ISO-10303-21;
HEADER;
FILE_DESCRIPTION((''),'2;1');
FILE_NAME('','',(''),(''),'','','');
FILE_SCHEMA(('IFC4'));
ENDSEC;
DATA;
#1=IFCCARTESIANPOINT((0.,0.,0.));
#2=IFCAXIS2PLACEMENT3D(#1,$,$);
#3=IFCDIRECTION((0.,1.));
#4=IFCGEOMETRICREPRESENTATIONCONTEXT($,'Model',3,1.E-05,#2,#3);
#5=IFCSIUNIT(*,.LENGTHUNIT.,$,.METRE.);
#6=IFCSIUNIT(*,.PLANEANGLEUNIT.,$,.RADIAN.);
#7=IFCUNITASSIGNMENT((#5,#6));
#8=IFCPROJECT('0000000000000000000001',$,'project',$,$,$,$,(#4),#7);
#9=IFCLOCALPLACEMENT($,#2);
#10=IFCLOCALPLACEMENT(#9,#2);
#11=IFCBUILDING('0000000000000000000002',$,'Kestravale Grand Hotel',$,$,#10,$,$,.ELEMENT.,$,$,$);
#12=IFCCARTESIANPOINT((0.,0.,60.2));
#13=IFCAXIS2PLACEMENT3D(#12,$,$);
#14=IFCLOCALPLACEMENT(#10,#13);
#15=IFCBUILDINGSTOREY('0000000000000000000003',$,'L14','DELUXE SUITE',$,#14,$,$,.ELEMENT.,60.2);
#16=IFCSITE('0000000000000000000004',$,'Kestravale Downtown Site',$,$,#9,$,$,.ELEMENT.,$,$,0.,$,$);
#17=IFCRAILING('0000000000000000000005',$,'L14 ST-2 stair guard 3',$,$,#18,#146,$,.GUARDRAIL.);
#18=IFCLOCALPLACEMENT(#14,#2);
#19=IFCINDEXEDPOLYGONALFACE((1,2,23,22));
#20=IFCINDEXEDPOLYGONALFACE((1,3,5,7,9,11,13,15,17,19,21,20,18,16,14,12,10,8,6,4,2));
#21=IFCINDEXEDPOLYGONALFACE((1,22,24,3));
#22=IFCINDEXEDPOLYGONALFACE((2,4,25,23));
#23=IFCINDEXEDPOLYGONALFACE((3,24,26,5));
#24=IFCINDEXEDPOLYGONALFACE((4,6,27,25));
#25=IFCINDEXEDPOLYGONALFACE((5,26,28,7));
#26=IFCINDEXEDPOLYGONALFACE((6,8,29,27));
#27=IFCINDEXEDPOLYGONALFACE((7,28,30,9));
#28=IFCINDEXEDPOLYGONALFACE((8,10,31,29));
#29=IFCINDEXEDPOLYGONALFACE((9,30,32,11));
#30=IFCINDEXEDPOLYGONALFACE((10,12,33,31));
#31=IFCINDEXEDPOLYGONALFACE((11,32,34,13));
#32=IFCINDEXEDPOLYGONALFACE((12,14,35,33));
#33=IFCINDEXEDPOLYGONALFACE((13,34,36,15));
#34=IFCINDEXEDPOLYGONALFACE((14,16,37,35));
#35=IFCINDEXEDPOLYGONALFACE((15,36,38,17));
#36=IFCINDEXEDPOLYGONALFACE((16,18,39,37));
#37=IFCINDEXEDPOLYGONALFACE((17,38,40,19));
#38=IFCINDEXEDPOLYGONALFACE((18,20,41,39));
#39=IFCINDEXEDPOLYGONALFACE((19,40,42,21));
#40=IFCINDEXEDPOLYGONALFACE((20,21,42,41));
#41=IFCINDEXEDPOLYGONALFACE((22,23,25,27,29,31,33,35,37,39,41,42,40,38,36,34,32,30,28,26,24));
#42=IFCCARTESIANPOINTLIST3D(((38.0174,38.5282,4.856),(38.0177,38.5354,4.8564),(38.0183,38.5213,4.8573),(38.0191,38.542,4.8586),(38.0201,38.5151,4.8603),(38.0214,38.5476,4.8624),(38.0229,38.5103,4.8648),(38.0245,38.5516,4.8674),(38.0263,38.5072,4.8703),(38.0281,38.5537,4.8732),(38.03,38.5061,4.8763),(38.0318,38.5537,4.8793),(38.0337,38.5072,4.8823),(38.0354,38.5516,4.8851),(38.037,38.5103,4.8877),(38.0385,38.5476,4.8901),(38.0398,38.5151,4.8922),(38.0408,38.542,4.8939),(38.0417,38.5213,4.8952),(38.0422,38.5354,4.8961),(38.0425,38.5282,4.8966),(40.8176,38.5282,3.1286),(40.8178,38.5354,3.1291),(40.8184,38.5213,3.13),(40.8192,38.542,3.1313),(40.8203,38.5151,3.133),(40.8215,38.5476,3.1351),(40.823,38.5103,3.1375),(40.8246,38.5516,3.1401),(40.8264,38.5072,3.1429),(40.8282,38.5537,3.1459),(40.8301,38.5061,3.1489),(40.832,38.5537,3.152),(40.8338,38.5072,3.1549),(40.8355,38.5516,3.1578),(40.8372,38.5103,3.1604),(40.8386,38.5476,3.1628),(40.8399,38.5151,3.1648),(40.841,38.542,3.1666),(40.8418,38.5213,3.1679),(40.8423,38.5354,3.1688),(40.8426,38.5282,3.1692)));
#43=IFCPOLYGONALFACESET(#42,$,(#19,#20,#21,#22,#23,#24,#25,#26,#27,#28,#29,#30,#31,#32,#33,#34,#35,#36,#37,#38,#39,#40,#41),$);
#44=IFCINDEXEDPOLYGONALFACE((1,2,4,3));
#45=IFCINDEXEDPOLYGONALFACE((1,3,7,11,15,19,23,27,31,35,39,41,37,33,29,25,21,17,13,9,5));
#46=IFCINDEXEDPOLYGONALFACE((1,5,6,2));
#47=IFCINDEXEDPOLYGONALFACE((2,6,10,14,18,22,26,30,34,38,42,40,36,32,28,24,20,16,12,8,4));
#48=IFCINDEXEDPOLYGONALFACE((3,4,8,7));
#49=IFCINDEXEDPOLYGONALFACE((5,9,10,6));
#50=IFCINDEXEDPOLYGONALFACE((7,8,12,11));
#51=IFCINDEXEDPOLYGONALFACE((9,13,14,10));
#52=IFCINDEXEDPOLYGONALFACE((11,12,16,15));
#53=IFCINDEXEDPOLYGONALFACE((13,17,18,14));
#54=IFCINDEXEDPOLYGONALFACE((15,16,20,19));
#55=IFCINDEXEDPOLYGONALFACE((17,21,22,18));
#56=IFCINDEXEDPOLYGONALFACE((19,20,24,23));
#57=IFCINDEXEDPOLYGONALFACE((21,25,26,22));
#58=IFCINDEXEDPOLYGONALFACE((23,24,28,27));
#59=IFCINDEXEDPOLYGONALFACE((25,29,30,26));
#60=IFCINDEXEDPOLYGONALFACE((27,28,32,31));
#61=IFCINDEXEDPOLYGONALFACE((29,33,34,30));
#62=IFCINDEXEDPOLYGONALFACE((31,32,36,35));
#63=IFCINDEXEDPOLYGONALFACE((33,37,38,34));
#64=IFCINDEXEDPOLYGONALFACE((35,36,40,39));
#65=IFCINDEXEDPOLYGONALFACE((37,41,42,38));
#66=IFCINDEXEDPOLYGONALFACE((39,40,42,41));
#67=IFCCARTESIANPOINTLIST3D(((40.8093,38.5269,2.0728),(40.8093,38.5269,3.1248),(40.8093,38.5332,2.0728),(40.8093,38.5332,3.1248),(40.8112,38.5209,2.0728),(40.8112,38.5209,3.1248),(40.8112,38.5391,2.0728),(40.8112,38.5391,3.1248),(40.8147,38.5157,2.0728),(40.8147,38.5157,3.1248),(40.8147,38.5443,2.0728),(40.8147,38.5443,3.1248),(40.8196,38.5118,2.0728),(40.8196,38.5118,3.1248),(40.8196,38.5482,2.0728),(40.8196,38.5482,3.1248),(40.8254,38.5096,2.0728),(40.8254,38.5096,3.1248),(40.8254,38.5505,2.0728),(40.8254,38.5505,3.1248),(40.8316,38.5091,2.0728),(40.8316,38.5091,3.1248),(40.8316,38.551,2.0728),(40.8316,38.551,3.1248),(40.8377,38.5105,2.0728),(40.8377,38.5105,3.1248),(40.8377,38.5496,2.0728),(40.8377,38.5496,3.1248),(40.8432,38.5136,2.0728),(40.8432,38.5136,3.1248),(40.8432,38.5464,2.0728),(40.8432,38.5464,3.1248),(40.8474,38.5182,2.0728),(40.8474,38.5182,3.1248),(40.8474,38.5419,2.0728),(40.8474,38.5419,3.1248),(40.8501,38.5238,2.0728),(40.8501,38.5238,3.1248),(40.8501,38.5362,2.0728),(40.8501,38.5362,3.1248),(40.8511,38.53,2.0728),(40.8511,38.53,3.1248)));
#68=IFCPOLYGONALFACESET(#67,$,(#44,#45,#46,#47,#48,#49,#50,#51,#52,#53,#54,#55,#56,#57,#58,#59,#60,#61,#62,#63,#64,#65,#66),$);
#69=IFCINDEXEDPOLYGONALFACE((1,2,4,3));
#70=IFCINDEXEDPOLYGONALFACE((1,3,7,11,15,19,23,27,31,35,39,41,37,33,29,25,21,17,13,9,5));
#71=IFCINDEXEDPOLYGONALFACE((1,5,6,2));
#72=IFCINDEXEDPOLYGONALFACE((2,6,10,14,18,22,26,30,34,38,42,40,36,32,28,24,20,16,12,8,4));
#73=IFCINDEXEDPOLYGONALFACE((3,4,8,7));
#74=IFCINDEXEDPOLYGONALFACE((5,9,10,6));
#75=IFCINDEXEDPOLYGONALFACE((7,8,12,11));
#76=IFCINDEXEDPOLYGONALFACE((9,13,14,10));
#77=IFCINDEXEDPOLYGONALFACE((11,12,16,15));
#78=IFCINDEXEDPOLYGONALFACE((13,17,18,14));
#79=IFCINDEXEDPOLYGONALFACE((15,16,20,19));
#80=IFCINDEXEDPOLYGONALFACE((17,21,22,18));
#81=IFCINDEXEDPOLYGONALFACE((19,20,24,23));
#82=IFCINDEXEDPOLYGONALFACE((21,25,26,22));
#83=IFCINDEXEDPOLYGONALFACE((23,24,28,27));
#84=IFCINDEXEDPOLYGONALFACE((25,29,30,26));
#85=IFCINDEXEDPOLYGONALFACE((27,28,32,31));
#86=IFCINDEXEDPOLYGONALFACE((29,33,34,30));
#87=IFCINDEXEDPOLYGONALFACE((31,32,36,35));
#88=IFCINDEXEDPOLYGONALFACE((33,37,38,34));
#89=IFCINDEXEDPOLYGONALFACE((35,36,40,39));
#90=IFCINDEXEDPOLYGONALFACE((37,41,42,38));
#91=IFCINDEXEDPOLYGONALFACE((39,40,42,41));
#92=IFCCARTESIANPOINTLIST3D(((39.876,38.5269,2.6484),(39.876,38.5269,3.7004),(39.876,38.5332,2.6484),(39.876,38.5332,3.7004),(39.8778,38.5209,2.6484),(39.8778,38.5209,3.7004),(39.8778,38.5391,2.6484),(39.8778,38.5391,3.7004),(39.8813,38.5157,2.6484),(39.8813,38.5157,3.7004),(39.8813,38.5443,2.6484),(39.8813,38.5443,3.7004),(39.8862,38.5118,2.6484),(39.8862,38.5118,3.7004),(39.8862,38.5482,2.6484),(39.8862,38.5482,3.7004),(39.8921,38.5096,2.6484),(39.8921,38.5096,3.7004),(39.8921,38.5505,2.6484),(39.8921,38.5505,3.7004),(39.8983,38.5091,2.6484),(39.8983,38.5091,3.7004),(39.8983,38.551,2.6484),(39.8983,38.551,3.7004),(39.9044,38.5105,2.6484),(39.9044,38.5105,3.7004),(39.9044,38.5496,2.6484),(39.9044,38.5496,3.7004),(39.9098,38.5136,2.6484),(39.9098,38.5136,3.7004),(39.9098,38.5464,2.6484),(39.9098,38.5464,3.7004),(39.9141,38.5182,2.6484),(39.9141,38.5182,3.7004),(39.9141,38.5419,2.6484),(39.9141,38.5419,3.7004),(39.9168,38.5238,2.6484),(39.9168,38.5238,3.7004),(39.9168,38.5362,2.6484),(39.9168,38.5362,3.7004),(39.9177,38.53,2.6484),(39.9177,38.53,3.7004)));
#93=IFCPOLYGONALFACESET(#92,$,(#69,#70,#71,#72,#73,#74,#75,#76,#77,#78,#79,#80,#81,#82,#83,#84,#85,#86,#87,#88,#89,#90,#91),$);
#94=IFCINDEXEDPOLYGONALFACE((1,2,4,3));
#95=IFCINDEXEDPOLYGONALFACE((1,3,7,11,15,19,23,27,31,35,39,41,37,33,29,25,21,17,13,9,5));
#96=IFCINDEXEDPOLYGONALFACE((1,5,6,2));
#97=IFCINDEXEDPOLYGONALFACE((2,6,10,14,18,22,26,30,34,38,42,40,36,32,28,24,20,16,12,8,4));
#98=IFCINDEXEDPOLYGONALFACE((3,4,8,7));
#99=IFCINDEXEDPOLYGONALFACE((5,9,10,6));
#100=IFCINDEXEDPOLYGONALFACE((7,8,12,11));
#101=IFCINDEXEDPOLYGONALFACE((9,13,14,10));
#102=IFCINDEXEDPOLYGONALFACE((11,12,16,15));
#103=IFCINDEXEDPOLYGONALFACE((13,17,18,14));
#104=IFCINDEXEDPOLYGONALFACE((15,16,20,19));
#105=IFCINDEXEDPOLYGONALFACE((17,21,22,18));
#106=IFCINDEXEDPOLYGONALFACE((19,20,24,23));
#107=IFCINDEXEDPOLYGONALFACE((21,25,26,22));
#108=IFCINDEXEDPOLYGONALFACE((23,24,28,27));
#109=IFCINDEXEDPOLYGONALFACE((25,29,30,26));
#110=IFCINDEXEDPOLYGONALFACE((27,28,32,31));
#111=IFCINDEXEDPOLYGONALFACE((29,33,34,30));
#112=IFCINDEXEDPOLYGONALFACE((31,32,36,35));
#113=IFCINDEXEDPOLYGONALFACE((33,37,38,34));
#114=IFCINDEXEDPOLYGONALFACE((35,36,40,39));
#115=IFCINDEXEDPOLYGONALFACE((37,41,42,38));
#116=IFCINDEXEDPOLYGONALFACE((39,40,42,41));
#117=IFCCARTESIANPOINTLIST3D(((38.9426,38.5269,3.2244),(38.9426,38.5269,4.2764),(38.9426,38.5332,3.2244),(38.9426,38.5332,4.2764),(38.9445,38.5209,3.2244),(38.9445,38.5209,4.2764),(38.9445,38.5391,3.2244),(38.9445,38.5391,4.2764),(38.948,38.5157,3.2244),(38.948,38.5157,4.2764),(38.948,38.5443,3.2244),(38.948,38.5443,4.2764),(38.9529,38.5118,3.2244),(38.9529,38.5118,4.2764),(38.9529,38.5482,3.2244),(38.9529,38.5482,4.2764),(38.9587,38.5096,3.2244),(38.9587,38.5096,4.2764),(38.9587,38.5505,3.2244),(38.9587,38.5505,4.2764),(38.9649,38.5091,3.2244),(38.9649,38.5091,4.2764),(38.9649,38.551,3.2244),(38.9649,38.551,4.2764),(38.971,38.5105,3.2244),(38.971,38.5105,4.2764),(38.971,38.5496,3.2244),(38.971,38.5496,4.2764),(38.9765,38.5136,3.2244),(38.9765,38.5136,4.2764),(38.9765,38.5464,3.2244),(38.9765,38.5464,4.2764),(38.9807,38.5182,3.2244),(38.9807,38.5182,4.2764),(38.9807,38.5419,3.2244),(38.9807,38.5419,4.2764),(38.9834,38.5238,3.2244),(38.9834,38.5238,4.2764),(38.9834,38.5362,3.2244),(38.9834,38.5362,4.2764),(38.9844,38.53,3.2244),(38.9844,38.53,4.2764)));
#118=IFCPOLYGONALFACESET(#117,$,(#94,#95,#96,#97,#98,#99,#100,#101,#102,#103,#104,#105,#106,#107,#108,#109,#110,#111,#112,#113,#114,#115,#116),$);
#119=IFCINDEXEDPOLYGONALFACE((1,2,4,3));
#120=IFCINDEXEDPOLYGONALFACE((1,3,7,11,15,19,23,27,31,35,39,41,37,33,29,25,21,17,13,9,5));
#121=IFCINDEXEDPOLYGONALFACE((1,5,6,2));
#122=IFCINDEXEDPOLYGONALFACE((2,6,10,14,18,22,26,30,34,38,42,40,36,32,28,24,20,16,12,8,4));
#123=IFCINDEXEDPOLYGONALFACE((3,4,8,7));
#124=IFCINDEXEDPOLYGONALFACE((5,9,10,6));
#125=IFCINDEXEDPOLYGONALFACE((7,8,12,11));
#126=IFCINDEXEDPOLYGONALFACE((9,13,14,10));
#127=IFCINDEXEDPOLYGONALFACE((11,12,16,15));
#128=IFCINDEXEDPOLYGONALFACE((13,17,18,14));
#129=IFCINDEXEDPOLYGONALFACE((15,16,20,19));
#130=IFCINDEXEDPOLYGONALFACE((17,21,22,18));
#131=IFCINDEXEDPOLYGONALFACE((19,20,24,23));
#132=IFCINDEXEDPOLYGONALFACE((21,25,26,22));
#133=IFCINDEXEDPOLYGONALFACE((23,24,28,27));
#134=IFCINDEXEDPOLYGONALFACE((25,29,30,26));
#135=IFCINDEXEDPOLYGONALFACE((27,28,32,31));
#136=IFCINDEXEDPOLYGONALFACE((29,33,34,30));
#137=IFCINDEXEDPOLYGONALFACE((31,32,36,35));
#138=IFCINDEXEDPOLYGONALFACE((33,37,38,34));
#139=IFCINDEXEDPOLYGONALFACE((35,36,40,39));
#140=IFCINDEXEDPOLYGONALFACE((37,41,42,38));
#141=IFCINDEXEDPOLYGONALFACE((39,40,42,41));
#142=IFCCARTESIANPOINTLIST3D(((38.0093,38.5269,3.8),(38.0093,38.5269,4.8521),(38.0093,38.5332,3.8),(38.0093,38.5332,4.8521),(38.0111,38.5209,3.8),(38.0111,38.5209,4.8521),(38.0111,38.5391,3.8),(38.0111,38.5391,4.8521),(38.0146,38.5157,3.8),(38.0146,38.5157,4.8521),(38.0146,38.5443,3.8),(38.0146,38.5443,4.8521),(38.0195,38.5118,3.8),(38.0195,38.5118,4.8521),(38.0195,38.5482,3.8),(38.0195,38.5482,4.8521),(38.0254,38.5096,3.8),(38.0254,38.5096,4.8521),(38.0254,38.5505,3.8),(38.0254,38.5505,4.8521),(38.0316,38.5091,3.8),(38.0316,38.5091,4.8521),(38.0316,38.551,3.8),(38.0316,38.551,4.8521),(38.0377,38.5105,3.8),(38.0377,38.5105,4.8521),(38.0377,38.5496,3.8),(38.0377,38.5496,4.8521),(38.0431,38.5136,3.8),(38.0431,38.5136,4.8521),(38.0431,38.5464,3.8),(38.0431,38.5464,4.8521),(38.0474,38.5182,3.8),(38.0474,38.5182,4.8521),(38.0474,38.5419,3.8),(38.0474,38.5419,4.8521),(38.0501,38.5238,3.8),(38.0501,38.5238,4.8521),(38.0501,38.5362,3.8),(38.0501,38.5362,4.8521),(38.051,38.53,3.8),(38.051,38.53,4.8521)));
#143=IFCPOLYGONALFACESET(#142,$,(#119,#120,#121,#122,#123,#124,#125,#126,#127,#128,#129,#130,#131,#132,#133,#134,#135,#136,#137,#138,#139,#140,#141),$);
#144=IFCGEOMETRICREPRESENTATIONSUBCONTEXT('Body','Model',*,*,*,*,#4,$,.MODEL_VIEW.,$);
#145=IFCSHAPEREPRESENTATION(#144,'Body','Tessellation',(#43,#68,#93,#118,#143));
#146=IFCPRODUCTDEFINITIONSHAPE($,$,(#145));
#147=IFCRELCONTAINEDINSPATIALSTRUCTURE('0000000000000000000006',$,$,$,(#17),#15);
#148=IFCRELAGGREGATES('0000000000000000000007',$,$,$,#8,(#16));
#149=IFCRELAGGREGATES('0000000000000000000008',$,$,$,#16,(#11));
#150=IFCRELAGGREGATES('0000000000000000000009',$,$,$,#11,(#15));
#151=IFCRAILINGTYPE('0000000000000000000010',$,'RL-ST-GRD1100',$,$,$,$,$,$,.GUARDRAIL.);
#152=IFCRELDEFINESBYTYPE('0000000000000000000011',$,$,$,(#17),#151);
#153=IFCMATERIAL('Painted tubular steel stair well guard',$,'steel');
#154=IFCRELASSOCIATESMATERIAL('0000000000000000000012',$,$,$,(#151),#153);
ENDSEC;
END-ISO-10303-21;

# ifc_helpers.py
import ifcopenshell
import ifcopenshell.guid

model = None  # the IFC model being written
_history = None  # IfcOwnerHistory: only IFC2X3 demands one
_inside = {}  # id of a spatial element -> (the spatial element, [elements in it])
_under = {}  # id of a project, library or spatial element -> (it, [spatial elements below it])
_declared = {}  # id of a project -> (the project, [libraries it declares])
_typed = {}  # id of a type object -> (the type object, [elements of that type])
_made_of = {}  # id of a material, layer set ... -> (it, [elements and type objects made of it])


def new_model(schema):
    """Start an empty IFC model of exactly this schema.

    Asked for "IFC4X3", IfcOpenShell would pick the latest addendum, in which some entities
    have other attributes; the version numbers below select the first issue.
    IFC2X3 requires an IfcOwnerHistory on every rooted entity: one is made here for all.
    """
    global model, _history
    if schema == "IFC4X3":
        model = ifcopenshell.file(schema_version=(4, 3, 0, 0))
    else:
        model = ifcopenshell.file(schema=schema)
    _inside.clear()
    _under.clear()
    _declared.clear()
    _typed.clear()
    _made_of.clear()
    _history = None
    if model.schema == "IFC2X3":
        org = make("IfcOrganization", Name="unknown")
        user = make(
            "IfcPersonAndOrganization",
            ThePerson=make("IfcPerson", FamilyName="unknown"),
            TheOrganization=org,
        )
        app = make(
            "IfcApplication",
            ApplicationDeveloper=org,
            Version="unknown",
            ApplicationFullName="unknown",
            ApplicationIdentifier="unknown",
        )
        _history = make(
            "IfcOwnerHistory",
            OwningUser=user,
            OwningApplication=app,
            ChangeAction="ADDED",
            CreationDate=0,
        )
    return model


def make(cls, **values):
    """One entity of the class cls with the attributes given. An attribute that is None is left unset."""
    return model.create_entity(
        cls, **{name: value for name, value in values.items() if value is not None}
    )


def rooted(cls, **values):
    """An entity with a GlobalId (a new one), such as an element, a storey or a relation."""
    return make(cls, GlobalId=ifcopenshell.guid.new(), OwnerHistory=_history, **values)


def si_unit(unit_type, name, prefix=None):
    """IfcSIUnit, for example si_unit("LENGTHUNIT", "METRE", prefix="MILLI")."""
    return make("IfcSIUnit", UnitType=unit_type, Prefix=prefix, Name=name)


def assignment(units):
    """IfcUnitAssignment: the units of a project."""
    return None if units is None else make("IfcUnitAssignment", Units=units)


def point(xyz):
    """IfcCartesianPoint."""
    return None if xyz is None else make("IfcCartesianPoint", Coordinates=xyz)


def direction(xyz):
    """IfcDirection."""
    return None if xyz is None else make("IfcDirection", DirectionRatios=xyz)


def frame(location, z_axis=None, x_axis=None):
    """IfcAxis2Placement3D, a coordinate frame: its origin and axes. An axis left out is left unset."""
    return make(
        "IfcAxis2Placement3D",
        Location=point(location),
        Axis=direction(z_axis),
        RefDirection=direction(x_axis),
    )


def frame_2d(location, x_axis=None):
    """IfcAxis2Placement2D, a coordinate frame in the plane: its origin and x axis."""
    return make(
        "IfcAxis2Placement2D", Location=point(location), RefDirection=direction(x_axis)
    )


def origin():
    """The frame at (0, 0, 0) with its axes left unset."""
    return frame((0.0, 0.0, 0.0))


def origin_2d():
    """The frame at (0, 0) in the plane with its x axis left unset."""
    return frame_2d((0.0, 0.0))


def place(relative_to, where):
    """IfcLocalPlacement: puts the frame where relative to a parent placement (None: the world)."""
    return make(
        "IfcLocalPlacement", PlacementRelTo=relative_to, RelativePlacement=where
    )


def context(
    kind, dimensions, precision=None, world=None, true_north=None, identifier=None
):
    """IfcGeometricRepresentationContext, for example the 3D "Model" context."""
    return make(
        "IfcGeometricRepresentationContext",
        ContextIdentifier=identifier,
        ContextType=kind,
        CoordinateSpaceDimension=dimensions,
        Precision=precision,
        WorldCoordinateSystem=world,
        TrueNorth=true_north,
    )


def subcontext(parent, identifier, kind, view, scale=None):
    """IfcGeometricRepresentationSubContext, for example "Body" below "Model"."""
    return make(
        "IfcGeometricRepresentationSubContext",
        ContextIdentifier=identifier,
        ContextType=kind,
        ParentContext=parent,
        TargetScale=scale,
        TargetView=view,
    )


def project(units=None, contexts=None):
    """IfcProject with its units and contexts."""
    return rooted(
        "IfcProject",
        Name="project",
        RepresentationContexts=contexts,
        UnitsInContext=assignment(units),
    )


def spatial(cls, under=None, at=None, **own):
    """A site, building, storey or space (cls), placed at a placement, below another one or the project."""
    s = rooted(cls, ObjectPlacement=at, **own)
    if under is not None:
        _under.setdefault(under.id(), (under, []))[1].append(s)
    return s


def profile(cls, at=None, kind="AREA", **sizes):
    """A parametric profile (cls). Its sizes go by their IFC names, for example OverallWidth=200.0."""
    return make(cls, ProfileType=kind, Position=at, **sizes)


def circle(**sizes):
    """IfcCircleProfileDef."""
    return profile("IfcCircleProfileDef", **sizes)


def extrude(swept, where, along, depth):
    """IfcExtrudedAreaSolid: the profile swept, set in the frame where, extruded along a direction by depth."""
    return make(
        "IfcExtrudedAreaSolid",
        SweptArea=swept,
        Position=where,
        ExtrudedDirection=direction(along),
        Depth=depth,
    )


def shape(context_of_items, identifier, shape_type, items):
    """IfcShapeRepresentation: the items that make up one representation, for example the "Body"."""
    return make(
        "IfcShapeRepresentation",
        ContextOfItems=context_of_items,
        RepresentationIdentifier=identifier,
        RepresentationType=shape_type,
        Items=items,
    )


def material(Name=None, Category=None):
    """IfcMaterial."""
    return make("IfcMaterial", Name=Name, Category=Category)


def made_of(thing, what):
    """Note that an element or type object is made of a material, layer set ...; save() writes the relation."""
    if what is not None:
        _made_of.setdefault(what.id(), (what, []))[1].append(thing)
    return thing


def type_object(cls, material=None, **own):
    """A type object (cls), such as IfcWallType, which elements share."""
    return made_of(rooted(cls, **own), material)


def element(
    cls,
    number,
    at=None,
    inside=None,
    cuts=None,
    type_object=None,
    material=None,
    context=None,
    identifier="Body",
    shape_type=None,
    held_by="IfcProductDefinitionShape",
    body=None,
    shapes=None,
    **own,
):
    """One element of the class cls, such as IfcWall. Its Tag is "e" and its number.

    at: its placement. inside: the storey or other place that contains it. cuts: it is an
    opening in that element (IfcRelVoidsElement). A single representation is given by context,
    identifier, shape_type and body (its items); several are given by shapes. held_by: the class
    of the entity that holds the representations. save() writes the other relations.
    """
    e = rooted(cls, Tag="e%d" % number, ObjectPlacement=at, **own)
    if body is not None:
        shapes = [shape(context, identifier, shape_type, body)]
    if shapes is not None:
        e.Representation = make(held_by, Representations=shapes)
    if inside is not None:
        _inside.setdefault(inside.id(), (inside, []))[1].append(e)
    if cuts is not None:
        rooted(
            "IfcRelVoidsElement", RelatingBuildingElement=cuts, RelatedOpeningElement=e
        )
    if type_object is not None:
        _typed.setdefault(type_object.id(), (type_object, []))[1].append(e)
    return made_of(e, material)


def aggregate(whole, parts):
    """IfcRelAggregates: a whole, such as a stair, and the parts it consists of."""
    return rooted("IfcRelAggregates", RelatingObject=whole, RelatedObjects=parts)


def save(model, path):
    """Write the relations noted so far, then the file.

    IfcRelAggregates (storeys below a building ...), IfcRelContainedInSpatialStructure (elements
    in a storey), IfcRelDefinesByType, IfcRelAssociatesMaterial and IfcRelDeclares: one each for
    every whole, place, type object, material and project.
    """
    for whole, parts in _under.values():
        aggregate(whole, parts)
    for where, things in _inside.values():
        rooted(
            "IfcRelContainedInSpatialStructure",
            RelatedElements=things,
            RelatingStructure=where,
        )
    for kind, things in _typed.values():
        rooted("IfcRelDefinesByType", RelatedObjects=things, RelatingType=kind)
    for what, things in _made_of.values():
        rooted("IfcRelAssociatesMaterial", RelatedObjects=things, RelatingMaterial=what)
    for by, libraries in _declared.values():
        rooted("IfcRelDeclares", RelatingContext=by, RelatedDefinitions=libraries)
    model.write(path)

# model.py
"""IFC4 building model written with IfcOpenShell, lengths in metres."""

from ifc_helpers import new_model, si_unit, direction, frame, origin, origin_2d, place, context, subcontext, project, spatial, circle, extrude, material, type_object, element, save


model = new_model("IFC4")

# Units and contexts
model_context = context("Model", 3, precision=1e-05, world=origin(), true_north=direction((0.0, 1.0)))
body_context = subcontext(model_context, "Body", "Model", "MODEL_VIEW")
ifc_project = project(units=[si_unit("LENGTHUNIT", "METRE"), si_unit("PLANEANGLEUNIT", "RADIAN")], contexts=[model_context])

# Site, building, storey
site_placement = place(None, origin())
site = spatial("IfcSite", under=ifc_project, at=site_placement, Name="Kestravale Downtown Site", CompositionType="ELEMENT", RefElevation=0.0)
building_placement = place(site_placement, origin())
building = spatial("IfcBuilding", under=site, at=building_placement, Name="Kestravale Grand Hotel", CompositionType="ELEMENT")
storey_placement = place(building_placement, frame((0.0, 0.0, 60.2)))
storey = spatial("IfcBuildingStorey", under=building, at=storey_placement, Name="L14", Description="DELUXE SUITE", CompositionType="ELEMENT", Elevation=60.2)

# Railing
ifc_material_1 = material(Name="Painted tubular steel stair well guard", Category="steel")
railing_type_1 = type_object("IfcRailingType", Name="RL-ST-GRD1100", PredefinedType="GUARDRAIL", material=ifc_material_1)
railing_1_placement = place(storey_placement, frame((40.8301, 38.53, 2.0728)))
element("IfcRailing", 1, at=railing_1_placement, inside=storey, type_object=railing_type_1, Name="L14 ST-2 stair guard 3", PredefinedType="GUARDRAIL", context=body_context, shape_type="SweptSolid", body=[
    extrude(circle(Radius=0.0239, at=origin_2d()), frame((0.0, 0.0, 1.0762), z_axis=(-0.85109, 0.0, 0.52502), x_axis=(0.0, -1.0, 0.0)), (0.0, 0.0, 1.0), 3.29),
    extrude(circle(Radius=0.021, at=origin_2d()), origin(), (0.0, 0.0, 1.0), 1.052),
    extrude(circle(Radius=0.021, at=origin_2d()), frame((-0.9333, 0.0, 0.5757)), (0.0, 0.0, 1.0), 1.052),
    extrude(circle(Radius=0.021, at=origin_2d()), frame((-1.8667, 0.0, 1.1516)), (0.0, 0.0, 1.0), 1.052),
    extrude(circle(Radius=0.021, at=origin_2d()), frame((-2.8, 0.0, 1.7273)), (0.0, 0.0, 1.0), 1.052),
])

save(model, "model.ifc")
